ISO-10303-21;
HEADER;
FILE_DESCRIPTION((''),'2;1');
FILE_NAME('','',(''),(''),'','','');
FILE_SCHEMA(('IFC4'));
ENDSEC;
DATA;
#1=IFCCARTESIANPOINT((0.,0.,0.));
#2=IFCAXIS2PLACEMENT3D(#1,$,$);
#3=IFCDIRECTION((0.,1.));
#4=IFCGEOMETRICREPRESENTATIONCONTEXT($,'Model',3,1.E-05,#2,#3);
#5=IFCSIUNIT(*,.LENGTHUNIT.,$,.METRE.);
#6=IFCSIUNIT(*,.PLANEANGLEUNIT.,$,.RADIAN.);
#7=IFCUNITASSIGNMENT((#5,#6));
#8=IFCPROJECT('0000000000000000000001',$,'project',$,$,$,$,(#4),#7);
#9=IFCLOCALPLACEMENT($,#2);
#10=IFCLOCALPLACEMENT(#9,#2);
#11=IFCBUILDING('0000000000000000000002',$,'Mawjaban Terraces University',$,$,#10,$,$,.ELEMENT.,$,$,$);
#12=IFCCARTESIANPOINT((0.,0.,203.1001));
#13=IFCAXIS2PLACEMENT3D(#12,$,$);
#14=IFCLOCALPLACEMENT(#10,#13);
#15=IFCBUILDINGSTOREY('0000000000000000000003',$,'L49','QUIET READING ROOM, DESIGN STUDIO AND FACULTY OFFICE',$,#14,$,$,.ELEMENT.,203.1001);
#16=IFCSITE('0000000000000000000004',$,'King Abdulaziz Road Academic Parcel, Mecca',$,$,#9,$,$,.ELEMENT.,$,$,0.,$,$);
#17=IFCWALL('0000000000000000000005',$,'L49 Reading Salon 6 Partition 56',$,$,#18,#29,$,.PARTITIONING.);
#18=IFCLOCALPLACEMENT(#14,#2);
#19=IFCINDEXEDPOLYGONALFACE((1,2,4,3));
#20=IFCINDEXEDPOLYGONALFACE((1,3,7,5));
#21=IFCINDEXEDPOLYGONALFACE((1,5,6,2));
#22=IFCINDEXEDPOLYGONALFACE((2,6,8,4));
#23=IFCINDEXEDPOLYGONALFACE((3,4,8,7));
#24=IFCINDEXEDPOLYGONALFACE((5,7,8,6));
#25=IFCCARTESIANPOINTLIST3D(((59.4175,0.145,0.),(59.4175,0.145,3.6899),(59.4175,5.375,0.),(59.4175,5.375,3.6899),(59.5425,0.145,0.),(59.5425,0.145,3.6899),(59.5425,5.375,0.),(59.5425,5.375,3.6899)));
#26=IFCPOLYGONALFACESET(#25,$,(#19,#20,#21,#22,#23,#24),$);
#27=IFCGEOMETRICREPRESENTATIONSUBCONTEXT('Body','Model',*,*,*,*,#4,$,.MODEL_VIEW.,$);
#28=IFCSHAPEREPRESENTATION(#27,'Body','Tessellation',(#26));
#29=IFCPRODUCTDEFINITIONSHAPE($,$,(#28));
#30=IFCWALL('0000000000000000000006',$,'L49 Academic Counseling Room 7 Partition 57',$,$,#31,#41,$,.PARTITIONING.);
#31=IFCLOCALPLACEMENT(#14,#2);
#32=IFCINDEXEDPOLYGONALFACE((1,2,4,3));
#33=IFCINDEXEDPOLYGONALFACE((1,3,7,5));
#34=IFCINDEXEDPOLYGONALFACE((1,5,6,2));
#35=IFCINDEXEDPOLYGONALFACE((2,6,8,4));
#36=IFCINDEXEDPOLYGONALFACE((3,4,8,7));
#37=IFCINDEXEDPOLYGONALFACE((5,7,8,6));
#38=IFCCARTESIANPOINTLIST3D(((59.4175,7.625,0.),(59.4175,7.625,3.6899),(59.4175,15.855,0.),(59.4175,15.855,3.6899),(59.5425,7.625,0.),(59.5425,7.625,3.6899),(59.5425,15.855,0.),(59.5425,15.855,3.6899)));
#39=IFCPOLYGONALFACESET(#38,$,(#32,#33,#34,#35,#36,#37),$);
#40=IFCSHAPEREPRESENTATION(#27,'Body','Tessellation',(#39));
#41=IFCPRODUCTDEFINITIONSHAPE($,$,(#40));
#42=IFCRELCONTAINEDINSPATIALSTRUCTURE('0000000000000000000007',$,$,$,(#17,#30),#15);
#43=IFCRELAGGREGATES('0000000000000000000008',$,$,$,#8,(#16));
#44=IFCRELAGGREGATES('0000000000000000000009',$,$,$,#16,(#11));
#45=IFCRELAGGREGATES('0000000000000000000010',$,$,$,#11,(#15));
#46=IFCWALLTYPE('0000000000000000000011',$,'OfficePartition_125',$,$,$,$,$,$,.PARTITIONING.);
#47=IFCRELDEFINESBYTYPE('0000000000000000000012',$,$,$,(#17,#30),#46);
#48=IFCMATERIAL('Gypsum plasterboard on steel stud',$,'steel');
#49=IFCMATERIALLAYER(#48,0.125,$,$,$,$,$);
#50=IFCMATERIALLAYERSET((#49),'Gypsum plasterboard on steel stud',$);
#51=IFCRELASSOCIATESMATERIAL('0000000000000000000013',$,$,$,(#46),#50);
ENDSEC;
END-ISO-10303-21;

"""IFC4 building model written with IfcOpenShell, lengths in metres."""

from ifc_helpers import new_model, si_unit, direction, frame, frame_2d, origin, place, context, subcontext, project, spatial, rectangle, extrude, material, layer, layer_set, type_object, element, save


model = new_model("IFC4")

# Units and contexts
model_context = context("Model", 3, precision=1e-05, world=origin(), true_north=direction((0.0, 1.0)))
body_context = subcontext(model_context, "Body", "Model", "MODEL_VIEW")
ifc_project = project(units=[si_unit("LENGTHUNIT", "METRE"), si_unit("PLANEANGLEUNIT", "RADIAN")], contexts=[model_context])

# Site, building, storey
site_placement = place(None, origin())
site = spatial("IfcSite", under=ifc_project, at=site_placement, Name="King Abdulaziz Road Academic Parcel, Mecca", CompositionType="ELEMENT", RefElevation=0.0)
building_placement = place(site_placement, origin())
building = spatial("IfcBuilding", under=site, at=building_placement, Name="Mawjaban Terraces University", CompositionType="ELEMENT")
storey_placement = place(building_placement, frame((0.0, 0.0, 203.1001)))
storey = spatial("IfcBuildingStorey", under=building, at=storey_placement, Name="L49", Description="QUIET READING ROOM, DESIGN STUDIO AND FACULTY OFFICE", CompositionType="ELEMENT", Elevation=203.1001)

# Walls
ifc_material_1 = material(Name="Gypsum plasterboard on steel stud", Category="steel")
ifc_layer_1 = layer(ifc_material_1, 0.125)
ifc_layer_set_1 = layer_set([ifc_layer_1], Name="Gypsum plasterboard on steel stud")
wall_type_1 = type_object("IfcWallType", Name="OfficePartition_125", PredefinedType="PARTITIONING", material=ifc_layer_set_1)
wall_1_placement = place(storey_placement, frame((59.48, 0.145, 0.0), z_axis=(0.0, 0.0, 1.0), x_axis=(0.0, 1.0, 0.0)))
element("IfcWall", 1, at=wall_1_placement, inside=storey, type_object=wall_type_1, Name="L49 Reading Salon 6 Partition 56", PredefinedType="PARTITIONING", context=body_context, shape_type="SweptSolid", body=[
    extrude(rectangle(XDim=5.23, YDim=0.125, at=frame_2d((2.615, 0.0))), origin(), (0.0, 0.0, 1.0), 3.6899),
])
wall_2_placement = place(storey_placement, frame((59.48, 7.625, 0.0), z_axis=(0.0, 0.0, 1.0), x_axis=(0.0, 1.0, 0.0)))
element("IfcWall", 2, at=wall_2_placement, inside=storey, type_object=wall_type_1, Name="L49 Academic Counseling Room 7 Partition 57", PredefinedType="PARTITIONING", context=body_context, shape_type="SweptSolid", body=[
    extrude(rectangle(XDim=8.23, YDim=0.125, at=frame_2d((4.115, 0.0))), origin(), (0.0, 0.0, 1.0), 3.6899),
])

save(model, "model.ifc")
